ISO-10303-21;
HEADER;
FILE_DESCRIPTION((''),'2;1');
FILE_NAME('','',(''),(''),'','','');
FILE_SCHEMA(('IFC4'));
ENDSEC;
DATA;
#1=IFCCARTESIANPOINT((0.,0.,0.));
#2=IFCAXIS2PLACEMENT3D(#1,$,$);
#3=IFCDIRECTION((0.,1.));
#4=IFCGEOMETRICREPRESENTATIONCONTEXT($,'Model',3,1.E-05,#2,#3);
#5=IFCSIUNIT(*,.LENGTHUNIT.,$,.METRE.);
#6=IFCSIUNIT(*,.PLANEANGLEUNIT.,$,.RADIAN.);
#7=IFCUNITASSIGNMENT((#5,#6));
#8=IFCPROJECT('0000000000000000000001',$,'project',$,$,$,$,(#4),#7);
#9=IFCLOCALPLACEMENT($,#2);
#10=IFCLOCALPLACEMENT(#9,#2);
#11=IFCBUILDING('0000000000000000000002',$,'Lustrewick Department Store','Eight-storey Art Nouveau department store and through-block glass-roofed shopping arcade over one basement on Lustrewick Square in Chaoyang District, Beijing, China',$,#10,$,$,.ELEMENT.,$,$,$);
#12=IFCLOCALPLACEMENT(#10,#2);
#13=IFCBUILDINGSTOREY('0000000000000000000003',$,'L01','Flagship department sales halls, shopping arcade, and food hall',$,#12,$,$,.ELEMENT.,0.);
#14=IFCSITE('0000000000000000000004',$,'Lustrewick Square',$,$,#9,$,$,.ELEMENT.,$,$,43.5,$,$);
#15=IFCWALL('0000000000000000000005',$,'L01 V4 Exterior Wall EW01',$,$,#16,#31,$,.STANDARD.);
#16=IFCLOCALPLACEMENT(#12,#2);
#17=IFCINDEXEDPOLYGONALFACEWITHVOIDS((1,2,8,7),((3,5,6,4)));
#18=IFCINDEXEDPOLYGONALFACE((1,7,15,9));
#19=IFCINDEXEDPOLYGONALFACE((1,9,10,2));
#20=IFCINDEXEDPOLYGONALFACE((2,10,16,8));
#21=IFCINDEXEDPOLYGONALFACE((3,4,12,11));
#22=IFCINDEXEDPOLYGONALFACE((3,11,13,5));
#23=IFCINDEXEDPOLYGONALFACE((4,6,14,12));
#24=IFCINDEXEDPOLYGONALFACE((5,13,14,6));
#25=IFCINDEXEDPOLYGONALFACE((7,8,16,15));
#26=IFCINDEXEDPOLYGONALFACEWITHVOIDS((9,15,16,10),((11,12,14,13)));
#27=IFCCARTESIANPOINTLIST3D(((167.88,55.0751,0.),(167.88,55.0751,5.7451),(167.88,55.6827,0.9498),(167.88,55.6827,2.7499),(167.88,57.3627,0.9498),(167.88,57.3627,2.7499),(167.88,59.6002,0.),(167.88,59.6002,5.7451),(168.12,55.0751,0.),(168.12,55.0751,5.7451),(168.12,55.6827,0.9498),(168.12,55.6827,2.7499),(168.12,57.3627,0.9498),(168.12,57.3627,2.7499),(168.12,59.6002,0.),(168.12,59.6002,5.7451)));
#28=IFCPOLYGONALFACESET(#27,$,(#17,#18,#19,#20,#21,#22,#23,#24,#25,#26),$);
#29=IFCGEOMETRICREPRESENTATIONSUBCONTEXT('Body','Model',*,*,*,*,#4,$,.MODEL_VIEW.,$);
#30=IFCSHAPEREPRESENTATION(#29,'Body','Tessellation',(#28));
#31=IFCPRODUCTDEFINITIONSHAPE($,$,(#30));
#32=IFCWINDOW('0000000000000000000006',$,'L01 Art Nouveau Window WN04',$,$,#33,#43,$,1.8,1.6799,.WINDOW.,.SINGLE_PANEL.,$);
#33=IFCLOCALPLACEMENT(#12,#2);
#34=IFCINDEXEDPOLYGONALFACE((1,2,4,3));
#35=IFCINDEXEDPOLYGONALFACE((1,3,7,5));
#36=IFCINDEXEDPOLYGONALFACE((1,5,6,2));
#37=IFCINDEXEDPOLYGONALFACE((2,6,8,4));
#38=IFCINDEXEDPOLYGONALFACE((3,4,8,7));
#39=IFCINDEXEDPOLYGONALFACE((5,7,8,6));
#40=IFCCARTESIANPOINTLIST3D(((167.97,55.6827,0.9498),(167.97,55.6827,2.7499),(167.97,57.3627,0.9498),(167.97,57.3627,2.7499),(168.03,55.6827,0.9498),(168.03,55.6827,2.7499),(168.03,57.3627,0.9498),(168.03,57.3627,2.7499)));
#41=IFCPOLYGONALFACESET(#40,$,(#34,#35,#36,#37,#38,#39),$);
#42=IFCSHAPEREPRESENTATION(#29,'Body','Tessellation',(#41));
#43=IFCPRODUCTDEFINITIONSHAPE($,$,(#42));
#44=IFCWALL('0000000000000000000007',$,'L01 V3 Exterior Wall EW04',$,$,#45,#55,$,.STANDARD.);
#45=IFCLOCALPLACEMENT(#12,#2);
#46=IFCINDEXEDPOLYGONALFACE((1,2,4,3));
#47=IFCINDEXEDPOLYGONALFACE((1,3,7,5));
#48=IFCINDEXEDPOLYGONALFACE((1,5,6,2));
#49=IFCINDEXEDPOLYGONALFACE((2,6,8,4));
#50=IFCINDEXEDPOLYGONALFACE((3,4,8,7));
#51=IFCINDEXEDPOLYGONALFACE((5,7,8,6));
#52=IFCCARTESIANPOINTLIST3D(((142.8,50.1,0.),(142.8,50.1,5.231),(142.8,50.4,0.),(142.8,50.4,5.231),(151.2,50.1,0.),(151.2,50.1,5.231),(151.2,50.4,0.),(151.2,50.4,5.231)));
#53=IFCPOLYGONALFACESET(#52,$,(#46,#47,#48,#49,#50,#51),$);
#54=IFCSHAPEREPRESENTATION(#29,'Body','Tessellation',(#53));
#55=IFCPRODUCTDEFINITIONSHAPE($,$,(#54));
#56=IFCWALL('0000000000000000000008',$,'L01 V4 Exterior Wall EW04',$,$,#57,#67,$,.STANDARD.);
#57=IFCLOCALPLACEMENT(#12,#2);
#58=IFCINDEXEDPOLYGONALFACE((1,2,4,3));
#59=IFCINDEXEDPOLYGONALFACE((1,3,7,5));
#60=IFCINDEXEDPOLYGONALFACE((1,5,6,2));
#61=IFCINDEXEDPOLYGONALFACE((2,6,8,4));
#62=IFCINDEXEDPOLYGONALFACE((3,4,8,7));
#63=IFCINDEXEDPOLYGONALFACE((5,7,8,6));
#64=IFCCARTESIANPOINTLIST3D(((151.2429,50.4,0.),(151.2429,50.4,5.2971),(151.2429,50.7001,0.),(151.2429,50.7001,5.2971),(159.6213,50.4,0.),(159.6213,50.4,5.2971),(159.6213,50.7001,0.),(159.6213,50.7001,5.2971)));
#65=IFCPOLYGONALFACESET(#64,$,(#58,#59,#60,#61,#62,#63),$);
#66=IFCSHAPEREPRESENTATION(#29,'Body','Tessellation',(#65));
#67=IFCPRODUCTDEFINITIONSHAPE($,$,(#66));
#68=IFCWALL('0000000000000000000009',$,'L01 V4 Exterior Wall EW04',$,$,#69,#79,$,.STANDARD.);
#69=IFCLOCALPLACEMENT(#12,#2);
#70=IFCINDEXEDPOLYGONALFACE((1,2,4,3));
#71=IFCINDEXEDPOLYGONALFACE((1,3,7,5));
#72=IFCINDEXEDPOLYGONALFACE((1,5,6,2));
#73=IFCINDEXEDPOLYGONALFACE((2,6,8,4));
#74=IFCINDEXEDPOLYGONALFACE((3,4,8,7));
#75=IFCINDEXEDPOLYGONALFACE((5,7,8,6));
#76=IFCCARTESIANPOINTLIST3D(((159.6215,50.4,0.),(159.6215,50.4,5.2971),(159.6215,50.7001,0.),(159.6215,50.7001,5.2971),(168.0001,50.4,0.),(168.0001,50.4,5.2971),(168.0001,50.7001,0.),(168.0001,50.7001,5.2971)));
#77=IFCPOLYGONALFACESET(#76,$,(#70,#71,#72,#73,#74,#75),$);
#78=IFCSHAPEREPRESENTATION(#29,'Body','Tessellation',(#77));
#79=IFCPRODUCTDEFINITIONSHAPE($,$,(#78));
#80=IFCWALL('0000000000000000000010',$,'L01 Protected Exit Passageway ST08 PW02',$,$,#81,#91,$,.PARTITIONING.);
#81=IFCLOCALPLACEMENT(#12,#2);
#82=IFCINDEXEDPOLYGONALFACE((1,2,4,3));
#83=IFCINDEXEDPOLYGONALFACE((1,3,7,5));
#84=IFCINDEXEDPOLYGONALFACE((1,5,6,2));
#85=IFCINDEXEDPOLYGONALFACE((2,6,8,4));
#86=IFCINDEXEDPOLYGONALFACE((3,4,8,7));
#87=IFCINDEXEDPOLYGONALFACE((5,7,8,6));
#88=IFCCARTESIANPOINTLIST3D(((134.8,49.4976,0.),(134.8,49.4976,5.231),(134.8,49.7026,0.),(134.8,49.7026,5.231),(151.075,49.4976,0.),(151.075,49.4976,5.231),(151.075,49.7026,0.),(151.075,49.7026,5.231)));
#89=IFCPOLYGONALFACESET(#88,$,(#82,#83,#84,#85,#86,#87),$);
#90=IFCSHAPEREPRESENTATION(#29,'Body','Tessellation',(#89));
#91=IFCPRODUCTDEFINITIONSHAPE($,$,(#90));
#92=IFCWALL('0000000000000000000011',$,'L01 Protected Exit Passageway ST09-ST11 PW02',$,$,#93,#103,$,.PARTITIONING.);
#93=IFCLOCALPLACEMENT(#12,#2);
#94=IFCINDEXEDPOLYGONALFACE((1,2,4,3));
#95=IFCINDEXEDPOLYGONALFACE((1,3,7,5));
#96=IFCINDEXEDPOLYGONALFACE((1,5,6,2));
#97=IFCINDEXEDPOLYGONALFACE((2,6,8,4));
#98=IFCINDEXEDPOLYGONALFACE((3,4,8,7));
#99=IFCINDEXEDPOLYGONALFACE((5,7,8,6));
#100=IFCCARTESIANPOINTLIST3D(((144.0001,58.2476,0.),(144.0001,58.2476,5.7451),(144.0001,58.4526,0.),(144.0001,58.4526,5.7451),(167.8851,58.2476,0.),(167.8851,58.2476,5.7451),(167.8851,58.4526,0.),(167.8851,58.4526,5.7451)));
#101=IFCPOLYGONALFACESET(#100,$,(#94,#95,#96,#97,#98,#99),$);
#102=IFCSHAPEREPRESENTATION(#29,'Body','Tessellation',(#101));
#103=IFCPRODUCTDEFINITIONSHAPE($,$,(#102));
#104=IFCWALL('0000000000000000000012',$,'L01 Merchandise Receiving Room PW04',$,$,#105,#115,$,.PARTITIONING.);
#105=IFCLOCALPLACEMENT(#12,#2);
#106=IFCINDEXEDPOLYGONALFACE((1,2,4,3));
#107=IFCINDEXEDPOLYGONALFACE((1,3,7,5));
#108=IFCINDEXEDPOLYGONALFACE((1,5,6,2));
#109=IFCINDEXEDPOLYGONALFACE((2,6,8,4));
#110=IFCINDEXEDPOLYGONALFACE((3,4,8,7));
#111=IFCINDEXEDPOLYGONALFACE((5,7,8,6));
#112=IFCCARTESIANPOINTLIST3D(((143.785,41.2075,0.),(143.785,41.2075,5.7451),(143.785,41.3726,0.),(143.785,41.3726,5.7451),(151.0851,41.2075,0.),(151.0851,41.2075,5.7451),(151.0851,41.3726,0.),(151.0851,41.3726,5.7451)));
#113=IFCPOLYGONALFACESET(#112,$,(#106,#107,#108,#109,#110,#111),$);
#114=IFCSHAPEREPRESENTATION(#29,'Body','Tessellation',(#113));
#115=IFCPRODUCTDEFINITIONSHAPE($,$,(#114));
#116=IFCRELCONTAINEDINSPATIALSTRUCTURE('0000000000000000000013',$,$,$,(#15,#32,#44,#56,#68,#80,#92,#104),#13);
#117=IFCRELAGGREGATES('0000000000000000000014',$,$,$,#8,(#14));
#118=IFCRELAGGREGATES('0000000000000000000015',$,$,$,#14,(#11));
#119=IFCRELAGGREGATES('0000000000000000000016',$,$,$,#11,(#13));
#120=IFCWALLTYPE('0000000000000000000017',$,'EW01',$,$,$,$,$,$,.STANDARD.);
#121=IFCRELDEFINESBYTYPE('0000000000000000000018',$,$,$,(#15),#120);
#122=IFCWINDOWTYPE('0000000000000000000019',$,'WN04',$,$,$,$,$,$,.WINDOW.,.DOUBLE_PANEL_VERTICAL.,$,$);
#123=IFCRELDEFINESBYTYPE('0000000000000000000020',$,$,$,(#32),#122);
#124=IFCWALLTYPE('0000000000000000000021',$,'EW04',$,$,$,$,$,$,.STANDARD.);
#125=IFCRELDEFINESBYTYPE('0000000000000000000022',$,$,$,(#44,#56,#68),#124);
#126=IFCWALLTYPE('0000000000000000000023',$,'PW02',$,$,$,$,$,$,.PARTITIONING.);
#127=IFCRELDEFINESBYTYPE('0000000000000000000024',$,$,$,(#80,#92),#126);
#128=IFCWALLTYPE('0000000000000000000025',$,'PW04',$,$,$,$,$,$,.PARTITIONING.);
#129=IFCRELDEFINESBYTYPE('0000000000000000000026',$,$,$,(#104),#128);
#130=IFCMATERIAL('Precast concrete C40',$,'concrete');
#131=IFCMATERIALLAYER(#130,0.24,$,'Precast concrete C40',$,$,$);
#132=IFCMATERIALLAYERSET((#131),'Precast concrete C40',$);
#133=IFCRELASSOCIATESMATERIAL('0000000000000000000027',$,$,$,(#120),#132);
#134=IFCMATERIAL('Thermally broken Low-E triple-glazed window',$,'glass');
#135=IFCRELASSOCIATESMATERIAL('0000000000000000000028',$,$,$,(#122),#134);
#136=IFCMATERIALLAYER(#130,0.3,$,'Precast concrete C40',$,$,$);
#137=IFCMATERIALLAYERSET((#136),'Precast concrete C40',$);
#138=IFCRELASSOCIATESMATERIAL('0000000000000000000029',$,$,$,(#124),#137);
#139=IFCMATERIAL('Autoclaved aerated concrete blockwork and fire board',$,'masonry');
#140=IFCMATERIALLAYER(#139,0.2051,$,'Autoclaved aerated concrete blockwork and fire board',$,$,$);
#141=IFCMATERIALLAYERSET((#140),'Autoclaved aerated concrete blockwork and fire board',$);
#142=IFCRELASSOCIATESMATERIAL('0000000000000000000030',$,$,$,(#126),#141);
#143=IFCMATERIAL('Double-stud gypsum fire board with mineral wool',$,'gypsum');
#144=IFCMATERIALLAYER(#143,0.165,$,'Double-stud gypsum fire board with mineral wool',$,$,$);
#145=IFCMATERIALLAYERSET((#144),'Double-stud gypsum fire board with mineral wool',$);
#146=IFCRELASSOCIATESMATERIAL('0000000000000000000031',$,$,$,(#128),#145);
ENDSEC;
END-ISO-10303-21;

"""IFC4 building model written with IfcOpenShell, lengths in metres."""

from ifc_helpers import new_model, si_unit, direction, frame, frame_2d, origin, place, context, subcontext, project, spatial, rectangle, extrude, material, layer, layer_set, type_object, element, fill, save


model = new_model("IFC4")

# Units and contexts
model_context = context("Model", 3, precision=1e-05, world=origin(), true_north=direction((0.0, 1.0)))
body_context = subcontext(model_context, "Body", "Model", "MODEL_VIEW")
ifc_project = project(units=[si_unit("LENGTHUNIT", "METRE"), si_unit("PLANEANGLEUNIT", "RADIAN")], contexts=[model_context])

# Site, building, storey
site_placement = place(None, origin())
site = spatial("IfcSite", under=ifc_project, at=site_placement, Name="Lustrewick Square", CompositionType="ELEMENT", RefElevation=43.5)
building_placement = place(site_placement, origin())
building = spatial("IfcBuilding", under=site, at=building_placement, Name="Lustrewick Department Store", Description="Eight-storey Art Nouveau department store and through-block glass-roofed shopping arcade over one basement on Lustrewick Square in Chaoyang District, Beijing, China", CompositionType="ELEMENT")
storey_placement = place(building_placement, origin())
storey = spatial("IfcBuildingStorey", under=building, at=storey_placement, Name="L01", Description="Flagship department sales halls, shopping arcade, and food hall", CompositionType="ELEMENT", Elevation=0.0)

# Wall, opening, window
ifc_material_1 = material(Name="Precast concrete C40", Category="concrete")
ifc_layer_1 = layer(ifc_material_1, 0.24, Name="Precast concrete C40")
ifc_layer_set_1 = layer_set([ifc_layer_1], Name="Precast concrete C40")
wall_type_1 = type_object("IfcWallType", Name="EW01", PredefinedType="STANDARD", material=ifc_layer_set_1)
wall_1_placement = place(storey_placement, frame((168.0, 55.075, 0.0), z_axis=(0.0, 0.0, 1.0), x_axis=(0.0, 1.0, 0.0)))
wall_1 = element("IfcWall", 1, at=wall_1_placement, inside=storey, type_object=wall_type_1, Name="L01 V4 Exterior Wall EW01", PredefinedType="STANDARD", context=body_context, shape_type="SweptSolid", body=[
    extrude(rectangle(XDim=4.5251, YDim=0.24, at=frame_2d((2.2627, 0.0))), origin(), (0.0, 0.0, 1.0), 5.7451),
])
opening_1_placement = place(wall_1_placement, frame((0.6079, 0.0, 0.95)))
opening_1 = element("IfcOpeningElement", 2, at=opening_1_placement, cuts=wall_1, PredefinedType="OPENING", context=body_context, shape_type="SweptSolid", body=[
    extrude(rectangle(XDim=1.6799, YDim=1.8, at=frame_2d((0.8398, 0.8999))), frame((0.0, 0.1299, 0.0), z_axis=(0.0, -1.0, 0.0), x_axis=(1.0, 0.0, 0.0)), (0.0, 0.0, 1.0), 0.26),
])
ifc_material_2 = material(Name="Thermally broken Low-E triple-glazed window", Category="glass")
window_type = type_object("IfcWindowType", Name="WN04", PartitioningType="DOUBLE_PANEL_VERTICAL", PredefinedType="WINDOW", material=ifc_material_2)
window_placement = place(opening_1_placement, origin())
window = element("IfcWindow", 3, at=window_placement, inside=storey, type_object=window_type, Name="L01 Art Nouveau Window WN04", OverallHeight=1.8, OverallWidth=1.6799, PartitioningType="SINGLE_PANEL", PredefinedType="WINDOW", context=body_context, shape_type="SweptSolid", body=[
    extrude(rectangle(XDim=1.6799, YDim=1.8, at=frame_2d((0.8398, 0.8999))), frame((0.0, 0.03, 0.0), z_axis=(0.0, -1.0, 0.0), x_axis=(1.0, 0.0, 0.0)), (0.0, 0.0, 1.0), 0.0601),
])
fill(opening_1, window)

# Walls
ifc_layer_2 = layer(ifc_material_1, 0.3, Name="Precast concrete C40")
ifc_layer_set_2 = layer_set([ifc_layer_2], Name="Precast concrete C40")
wall_type_2 = type_object("IfcWallType", Name="EW04", PredefinedType="STANDARD", material=ifc_layer_set_2)
wall_2_placement = place(storey_placement, frame((151.2, 50.25, 0.0), z_axis=(0.0, 0.0, 1.0), x_axis=(-1.0, 0.0, 0.0)))
element("IfcWall", 4, at=wall_2_placement, inside=storey, type_object=wall_type_2, Name="L01 V3 Exterior Wall EW04", PredefinedType="STANDARD", context=body_context, shape_type="SweptSolid", body=[
    extrude(rectangle(XDim=8.3999, YDim=0.3, at=frame_2d((4.2, 0.0))), origin(), (0.0, 0.0, 1.0), 5.231),
])
wall_3_placement = place(storey_placement, frame((151.2429, 50.55, 0.0), z_axis=(0.0, 0.0, 1.0), x_axis=(1.0, 0.0, 0.0)))
element("IfcWall", 5, at=wall_3_placement, inside=storey, type_object=wall_type_2, Name="L01 V4 Exterior Wall EW04", PredefinedType="STANDARD", context=body_context, shape_type="SweptSolid", body=[
    extrude(rectangle(XDim=8.3784, YDim=0.3, at=frame_2d((4.1892, 0.0))), origin(), (0.0, 0.0, 1.0), 5.2971),
])
wall_4_placement = place(storey_placement, frame((159.6213, 50.55, 0.0), z_axis=(0.0, 0.0, 1.0), x_axis=(1.0, 0.0, 0.0)))
element("IfcWall", 6, at=wall_4_placement, inside=storey, type_object=wall_type_2, Name="L01 V4 Exterior Wall EW04", PredefinedType="STANDARD", context=body_context, shape_type="SweptSolid", body=[
    extrude(rectangle(XDim=8.3787, YDim=0.3, at=frame_2d((4.1895, 0.0))), origin(), (0.0, 0.0, 1.0), 5.2971),
])
ifc_material_3 = material(Name="Autoclaved aerated concrete blockwork and fire board", Category="masonry")
ifc_layer_3 = layer(ifc_material_3, 0.2051, Name="Autoclaved aerated concrete blockwork and fire board")
ifc_layer_set_3 = layer_set([ifc_layer_3], Name="Autoclaved aerated concrete blockwork and fire board")
wall_type_3 = type_object("IfcWallType", Name="PW02", PredefinedType="PARTITIONING", material=ifc_layer_set_3)
wall_5_placement = place(storey_placement, frame((151.075, 49.6001, 0.0), z_axis=(0.0, 0.0, 1.0), x_axis=(-1.0, 0.0, 0.0)))
element("IfcWall", 7, at=wall_5_placement, inside=storey, type_object=wall_type_3, Name="L01 Protected Exit Passageway ST08 PW02", PredefinedType="PARTITIONING", context=body_context, shape_type="SweptSolid", body=[
    extrude(rectangle(XDim=16.2749, YDim=0.2051, at=frame_2d((8.1375, 0.0))), origin(), (0.0, 0.0, 1.0), 5.231),
])
wall_6_placement = place(storey_placement, frame((167.885, 58.3501, 0.0), z_axis=(0.0, 0.0, 1.0), x_axis=(-1.0, 0.0, 0.0)))
element("IfcWall", 8, at=wall_6_placement, inside=storey, type_object=wall_type_3, Name="L01 Protected Exit Passageway ST09-ST11 PW02", PredefinedType="PARTITIONING", context=body_context, shape_type="SweptSolid", body=[
    extrude(rectangle(XDim=23.885, YDim=0.2051, at=frame_2d((11.9424, 0.0))), origin(), (0.0, 0.0, 1.0), 5.7451),
])
ifc_material_4 = material(Name="Double-stud gypsum fire board with mineral wool", Category="gypsum")
ifc_layer_4 = layer(ifc_material_4, 0.165, Name="Double-stud gypsum fire board with mineral wool")
ifc_layer_set_4 = layer_set([ifc_layer_4], Name="Double-stud gypsum fire board with mineral wool")
wall_type_4 = type_object("IfcWallType", Name="PW04", PredefinedType="PARTITIONING", material=ifc_layer_set_4)
wall_7_placement = place(storey_placement, frame((151.085, 41.29, 0.0), z_axis=(0.0, 0.0, 1.0), x_axis=(-1.0, 0.0, 0.0)))
element("IfcWall", 9, at=wall_7_placement, inside=storey, type_object=wall_type_4, Name="L01 Merchandise Receiving Room PW04", PredefinedType="PARTITIONING", context=body_context, shape_type="SweptSolid", body=[
    extrude(rectangle(XDim=7.3, YDim=0.165, at=frame_2d((3.6499, 0.0))), origin(), (0.0, 0.0, 1.0), 5.7451),
])

save(model, "model.ifc")
